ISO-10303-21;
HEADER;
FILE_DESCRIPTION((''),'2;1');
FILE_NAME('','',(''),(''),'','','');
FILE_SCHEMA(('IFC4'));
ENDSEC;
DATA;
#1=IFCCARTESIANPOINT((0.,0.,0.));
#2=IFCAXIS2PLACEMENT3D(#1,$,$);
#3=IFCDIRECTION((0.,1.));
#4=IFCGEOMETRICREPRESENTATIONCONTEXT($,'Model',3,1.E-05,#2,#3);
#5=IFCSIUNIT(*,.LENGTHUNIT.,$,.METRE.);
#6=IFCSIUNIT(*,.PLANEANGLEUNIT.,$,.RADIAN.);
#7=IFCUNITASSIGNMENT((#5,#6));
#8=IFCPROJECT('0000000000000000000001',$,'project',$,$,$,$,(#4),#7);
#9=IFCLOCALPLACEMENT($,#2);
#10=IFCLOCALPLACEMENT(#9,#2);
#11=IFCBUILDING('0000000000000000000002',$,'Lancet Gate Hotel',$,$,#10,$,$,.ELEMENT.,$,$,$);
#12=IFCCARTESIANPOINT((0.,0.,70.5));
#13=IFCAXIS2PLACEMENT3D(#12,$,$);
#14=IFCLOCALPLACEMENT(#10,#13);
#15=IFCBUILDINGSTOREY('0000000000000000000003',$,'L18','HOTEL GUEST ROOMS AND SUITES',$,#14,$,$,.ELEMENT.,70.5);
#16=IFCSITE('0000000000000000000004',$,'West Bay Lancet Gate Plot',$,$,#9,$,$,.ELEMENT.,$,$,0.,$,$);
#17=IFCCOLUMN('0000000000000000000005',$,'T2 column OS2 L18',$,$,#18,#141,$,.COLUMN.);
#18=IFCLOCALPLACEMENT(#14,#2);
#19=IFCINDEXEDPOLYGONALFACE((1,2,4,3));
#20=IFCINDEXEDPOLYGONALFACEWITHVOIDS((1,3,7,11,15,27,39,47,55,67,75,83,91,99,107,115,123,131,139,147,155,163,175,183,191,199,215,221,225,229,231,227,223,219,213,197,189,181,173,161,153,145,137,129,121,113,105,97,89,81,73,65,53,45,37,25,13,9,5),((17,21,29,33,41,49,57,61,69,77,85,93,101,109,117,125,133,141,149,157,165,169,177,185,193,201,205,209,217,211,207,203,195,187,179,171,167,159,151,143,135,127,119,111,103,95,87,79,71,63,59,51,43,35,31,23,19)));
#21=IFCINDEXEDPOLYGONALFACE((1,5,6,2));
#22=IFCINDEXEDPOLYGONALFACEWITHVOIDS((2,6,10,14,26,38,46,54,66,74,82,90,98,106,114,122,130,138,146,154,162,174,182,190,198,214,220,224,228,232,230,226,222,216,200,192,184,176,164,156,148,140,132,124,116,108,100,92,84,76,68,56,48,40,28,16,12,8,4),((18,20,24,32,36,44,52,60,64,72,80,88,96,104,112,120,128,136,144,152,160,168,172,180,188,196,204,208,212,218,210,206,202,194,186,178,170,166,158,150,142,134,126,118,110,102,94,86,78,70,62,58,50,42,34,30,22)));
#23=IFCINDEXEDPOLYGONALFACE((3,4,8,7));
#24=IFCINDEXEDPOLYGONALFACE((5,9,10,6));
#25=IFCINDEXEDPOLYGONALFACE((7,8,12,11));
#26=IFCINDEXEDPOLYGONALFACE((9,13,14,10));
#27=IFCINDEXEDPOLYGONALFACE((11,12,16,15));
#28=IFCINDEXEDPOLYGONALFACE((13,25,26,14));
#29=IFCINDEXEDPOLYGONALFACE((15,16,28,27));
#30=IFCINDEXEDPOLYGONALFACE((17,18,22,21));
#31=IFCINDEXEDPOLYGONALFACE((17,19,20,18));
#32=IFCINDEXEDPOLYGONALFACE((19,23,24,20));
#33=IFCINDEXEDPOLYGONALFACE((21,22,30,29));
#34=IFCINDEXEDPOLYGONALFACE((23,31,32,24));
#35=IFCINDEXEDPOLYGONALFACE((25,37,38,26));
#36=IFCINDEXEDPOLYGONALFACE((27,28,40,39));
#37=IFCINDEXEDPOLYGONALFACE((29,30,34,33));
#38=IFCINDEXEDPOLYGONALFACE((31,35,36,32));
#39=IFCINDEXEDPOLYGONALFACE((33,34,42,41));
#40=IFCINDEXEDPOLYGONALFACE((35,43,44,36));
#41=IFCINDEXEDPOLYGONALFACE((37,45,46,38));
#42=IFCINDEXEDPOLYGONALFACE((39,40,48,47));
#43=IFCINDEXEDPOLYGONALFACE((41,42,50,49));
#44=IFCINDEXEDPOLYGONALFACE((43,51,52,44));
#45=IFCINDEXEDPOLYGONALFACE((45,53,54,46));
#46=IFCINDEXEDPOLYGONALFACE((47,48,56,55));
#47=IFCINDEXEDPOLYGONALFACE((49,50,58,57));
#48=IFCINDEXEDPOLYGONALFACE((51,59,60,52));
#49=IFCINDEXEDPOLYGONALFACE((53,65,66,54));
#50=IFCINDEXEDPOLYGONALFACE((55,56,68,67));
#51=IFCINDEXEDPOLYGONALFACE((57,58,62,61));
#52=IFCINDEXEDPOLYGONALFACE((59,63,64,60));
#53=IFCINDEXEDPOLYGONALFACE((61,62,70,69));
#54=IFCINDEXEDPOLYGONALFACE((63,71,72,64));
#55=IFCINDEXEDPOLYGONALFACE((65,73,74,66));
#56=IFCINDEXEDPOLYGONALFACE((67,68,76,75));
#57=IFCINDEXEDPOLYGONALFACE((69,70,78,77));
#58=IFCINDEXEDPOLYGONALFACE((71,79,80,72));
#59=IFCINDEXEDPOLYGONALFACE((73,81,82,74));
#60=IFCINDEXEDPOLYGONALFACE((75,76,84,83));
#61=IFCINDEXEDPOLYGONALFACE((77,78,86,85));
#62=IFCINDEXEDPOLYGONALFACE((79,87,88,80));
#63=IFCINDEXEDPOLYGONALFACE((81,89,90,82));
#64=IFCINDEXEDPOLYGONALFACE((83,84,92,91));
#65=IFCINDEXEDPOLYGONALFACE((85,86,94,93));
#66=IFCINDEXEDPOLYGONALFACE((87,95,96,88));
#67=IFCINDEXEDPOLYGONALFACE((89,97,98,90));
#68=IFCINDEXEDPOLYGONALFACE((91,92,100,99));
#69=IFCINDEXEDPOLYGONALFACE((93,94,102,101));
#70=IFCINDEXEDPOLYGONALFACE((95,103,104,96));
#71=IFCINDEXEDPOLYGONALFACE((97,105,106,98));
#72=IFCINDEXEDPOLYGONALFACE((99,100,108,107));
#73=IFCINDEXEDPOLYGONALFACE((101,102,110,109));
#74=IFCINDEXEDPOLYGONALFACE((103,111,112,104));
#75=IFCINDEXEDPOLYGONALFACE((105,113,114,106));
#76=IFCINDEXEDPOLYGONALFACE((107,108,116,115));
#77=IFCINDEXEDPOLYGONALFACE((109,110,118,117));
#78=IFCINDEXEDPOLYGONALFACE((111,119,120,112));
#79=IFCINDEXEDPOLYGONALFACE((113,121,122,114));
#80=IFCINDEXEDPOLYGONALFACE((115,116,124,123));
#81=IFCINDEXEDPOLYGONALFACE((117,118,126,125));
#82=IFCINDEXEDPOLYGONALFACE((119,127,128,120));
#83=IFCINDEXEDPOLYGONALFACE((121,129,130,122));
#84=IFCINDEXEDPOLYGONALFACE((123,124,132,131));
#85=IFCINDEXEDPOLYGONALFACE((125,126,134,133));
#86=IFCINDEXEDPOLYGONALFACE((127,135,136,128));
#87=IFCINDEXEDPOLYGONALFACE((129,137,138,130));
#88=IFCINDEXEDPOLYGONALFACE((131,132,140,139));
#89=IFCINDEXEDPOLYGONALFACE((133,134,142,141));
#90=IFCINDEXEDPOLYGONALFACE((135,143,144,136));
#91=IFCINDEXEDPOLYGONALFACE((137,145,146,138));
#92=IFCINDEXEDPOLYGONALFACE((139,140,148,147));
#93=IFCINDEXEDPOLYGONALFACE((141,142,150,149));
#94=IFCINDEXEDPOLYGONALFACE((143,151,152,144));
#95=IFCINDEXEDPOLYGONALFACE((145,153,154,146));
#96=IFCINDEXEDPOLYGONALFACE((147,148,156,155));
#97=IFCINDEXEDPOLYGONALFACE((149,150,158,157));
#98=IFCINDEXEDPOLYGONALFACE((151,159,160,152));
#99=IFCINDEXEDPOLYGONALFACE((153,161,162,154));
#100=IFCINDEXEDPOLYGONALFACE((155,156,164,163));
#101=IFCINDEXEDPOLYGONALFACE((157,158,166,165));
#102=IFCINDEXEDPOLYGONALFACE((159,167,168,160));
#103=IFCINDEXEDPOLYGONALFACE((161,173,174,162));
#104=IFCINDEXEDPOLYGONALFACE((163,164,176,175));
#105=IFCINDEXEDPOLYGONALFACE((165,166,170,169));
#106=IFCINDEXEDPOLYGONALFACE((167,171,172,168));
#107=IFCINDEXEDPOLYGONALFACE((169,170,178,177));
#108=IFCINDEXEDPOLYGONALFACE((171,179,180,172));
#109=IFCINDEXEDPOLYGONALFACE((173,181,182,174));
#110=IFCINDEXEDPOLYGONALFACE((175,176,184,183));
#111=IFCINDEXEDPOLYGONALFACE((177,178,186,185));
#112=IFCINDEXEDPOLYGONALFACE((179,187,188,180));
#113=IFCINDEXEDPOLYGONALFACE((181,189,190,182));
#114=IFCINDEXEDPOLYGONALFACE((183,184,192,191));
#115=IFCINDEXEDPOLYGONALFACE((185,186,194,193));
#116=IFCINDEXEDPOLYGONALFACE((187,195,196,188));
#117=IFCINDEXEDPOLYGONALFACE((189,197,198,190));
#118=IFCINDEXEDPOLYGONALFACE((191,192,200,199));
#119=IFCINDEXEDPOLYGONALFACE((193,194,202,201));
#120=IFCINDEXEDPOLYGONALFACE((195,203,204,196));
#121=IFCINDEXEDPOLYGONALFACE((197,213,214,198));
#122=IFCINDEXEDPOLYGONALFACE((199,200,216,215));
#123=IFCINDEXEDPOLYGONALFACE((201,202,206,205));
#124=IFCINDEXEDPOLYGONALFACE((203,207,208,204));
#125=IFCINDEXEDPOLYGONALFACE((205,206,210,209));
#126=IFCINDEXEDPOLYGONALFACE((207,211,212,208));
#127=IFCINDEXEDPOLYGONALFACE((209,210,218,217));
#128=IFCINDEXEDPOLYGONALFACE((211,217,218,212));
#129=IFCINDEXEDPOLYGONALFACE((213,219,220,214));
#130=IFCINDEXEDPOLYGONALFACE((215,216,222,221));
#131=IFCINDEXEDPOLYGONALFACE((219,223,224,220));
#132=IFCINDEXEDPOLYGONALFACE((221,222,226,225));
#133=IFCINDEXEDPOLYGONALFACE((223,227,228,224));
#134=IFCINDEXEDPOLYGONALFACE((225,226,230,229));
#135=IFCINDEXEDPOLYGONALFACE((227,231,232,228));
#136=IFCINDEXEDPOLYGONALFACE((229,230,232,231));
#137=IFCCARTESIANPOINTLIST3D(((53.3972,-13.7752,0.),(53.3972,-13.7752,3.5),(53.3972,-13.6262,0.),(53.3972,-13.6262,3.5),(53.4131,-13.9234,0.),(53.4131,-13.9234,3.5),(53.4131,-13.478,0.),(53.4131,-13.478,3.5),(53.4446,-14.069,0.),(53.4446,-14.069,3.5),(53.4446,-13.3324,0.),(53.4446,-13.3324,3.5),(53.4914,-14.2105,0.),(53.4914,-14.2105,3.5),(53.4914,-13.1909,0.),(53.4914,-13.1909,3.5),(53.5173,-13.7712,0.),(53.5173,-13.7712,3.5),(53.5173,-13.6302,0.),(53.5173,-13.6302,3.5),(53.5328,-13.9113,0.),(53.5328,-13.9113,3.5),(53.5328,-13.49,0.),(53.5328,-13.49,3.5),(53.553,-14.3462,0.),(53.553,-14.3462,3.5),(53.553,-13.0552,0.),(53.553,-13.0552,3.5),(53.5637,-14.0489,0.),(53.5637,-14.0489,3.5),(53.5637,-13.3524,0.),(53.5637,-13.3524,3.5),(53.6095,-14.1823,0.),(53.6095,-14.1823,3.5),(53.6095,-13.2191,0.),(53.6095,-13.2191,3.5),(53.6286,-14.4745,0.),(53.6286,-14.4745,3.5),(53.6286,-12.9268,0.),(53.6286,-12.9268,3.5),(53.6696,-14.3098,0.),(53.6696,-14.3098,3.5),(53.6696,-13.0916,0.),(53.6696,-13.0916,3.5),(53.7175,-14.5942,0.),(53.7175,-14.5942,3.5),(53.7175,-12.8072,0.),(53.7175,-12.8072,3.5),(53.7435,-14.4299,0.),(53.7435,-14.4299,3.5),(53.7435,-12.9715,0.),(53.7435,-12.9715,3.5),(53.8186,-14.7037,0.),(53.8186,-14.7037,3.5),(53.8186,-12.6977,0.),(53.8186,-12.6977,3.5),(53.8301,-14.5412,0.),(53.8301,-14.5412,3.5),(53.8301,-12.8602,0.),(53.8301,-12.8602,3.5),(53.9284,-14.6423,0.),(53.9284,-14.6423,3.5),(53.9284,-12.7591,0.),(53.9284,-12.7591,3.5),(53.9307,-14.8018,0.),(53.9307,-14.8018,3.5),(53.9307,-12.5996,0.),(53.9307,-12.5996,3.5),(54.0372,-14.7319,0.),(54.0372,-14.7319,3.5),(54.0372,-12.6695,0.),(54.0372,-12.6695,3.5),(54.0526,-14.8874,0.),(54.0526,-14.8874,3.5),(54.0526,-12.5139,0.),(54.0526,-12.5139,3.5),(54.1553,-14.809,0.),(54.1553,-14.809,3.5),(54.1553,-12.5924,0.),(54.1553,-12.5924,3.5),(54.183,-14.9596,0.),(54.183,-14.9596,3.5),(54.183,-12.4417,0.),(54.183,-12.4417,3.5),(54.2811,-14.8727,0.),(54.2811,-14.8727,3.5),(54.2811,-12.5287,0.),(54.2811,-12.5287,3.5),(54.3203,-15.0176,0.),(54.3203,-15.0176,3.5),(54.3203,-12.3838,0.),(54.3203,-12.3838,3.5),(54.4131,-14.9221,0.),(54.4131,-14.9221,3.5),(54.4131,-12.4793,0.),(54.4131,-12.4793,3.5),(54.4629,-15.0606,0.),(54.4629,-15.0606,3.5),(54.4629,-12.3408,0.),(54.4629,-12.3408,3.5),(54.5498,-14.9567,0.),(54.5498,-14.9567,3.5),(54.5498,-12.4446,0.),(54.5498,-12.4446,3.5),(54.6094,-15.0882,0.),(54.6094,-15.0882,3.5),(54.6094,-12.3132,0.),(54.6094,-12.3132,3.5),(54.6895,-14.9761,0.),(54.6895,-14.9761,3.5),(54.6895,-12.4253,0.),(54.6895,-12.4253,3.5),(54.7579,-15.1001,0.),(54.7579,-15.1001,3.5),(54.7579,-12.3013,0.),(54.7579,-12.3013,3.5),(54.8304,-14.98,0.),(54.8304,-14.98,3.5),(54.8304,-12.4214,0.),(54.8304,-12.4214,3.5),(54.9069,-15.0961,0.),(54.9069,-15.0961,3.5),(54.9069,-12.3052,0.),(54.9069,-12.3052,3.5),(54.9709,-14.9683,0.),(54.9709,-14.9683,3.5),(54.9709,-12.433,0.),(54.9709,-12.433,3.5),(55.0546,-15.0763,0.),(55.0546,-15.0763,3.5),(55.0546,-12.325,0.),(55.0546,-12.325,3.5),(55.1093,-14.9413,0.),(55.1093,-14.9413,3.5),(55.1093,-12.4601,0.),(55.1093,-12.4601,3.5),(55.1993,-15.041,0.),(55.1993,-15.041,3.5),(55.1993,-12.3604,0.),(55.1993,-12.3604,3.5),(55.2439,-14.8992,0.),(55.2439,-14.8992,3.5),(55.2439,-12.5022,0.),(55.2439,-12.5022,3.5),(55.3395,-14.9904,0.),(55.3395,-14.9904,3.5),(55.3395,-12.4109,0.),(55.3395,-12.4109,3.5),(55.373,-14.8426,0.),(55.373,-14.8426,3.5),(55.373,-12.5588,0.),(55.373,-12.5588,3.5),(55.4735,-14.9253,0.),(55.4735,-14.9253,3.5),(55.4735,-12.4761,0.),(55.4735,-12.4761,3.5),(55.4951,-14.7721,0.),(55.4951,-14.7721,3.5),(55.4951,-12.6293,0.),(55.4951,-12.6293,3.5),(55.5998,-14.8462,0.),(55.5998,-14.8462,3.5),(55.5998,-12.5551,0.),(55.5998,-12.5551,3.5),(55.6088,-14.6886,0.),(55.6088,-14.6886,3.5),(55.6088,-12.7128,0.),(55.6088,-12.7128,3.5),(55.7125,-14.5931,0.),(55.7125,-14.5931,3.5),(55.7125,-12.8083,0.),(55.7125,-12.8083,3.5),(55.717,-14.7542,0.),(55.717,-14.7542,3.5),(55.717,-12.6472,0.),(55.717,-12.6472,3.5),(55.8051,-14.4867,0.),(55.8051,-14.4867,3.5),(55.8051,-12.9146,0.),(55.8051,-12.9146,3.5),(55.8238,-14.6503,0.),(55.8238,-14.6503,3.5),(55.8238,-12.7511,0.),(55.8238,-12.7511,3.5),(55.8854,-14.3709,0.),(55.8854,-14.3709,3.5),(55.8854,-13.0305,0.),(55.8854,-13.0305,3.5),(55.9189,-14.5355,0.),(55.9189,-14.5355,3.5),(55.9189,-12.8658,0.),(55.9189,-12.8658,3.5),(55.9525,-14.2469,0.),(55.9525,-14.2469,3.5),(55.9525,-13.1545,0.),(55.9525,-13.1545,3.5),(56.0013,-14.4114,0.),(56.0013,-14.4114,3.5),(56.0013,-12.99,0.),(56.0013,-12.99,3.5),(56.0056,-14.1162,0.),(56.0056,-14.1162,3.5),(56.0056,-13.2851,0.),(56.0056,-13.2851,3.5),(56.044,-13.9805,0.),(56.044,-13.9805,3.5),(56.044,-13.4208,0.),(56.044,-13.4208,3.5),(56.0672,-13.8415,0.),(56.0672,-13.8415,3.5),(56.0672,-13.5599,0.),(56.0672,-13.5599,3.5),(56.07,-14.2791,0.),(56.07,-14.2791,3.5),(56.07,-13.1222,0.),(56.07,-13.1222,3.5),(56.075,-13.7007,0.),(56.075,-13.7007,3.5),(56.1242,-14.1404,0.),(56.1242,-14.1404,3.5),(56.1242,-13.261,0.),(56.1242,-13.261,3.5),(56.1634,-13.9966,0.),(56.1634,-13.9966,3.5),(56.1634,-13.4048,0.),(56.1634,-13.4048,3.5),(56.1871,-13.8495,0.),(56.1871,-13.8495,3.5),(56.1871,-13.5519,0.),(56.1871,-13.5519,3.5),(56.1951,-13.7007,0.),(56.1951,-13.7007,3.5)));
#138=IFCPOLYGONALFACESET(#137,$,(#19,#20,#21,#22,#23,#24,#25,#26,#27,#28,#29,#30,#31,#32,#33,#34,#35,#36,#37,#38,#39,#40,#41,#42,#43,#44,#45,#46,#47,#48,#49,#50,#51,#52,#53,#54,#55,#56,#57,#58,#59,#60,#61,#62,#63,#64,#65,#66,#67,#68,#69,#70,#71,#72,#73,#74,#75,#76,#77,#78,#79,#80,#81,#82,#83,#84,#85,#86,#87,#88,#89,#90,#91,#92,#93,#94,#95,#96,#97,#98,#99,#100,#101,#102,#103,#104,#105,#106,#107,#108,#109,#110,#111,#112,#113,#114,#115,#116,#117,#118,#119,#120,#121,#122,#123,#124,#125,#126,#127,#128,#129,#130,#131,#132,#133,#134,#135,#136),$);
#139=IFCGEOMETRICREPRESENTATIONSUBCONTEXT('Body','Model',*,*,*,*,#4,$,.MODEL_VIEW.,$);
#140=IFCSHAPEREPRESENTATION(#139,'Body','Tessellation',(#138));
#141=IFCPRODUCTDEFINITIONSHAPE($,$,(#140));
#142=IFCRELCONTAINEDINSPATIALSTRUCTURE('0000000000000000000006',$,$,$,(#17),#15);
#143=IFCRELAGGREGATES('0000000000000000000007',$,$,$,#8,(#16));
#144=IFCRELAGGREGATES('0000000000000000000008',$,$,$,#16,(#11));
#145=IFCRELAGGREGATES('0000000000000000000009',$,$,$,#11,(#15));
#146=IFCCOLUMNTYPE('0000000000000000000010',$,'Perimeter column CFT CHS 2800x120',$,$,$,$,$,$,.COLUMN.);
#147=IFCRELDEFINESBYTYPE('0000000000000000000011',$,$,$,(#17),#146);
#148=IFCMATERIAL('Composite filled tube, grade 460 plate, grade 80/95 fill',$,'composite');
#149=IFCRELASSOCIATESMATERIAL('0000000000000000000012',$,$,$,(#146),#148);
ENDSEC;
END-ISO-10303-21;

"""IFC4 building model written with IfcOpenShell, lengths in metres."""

from ifc_helpers import new_model, si_unit, direction, frame, origin, origin_2d, place, context, subcontext, project, spatial, hollow_circle, extrude, material, material_profile, profile_set, type_object, element, save


model = new_model("IFC4")

# Units and contexts
model_context = context("Model", 3, precision=1e-05, world=origin(), true_north=direction((0.0, 1.0)))
body_context = subcontext(model_context, "Body", "Model", "MODEL_VIEW")
ifc_project = project(units=[si_unit("LENGTHUNIT", "METRE"), si_unit("PLANEANGLEUNIT", "RADIAN")], contexts=[model_context])

# Site, building, storey
site_placement = place(None, origin())
site = spatial("IfcSite", under=ifc_project, at=site_placement, Name="West Bay Lancet Gate Plot", CompositionType="ELEMENT", RefElevation=0.0)
building_placement = place(site_placement, origin())
building = spatial("IfcBuilding", under=site, at=building_placement, Name="Lancet Gate Hotel", CompositionType="ELEMENT")
storey_placement = place(building_placement, frame((0.0, 0.0, 70.5)))
storey = spatial("IfcBuildingStorey", under=building, at=storey_placement, Name="L18", Description="HOTEL GUEST ROOMS AND SUITES", CompositionType="ELEMENT", Elevation=70.5)

# Column
ifc_material_1 = material(Name="Composite filled tube, grade 460 plate, grade 80/95 fill", Category="composite")
ifc_material_profile_1 = material_profile(ifc_material_1, hollow_circle(Radius=1.3999, WallThickness=0.1201, at=origin_2d()), Name="CHS 2800x120")
ifc_profile_set_1 = profile_set([ifc_material_profile_1], Name="Composite filled tube, grade 460 plate, grade 80/95 fill")
column_type_1 = type_object("IfcColumnType", Name="Perimeter column CFT CHS 2800x120", PredefinedType="COLUMN", material=ifc_profile_set_1)
for number, where, z_axis, x_axis, name in (
    (1, (54.7952, -13.7007, 0.0), (0.0, 0.0, 1.0), (1.0, 0.0, 0.0), "T2 column OS2 L18"),
):
    element("IfcColumn", number, at=place(storey_placement, frame(where, z_axis=z_axis, x_axis=x_axis)), inside=storey, type_object=column_type_1, Name=name, PredefinedType="COLUMN", context=body_context, shape_type="SweptSolid", body=[
        extrude(hollow_circle(Radius=1.3999, WallThickness=0.1201, at=origin_2d()), origin(), (0.0, 0.0, 1.0), 3.5),
    ])

save(model, "model.ifc")
